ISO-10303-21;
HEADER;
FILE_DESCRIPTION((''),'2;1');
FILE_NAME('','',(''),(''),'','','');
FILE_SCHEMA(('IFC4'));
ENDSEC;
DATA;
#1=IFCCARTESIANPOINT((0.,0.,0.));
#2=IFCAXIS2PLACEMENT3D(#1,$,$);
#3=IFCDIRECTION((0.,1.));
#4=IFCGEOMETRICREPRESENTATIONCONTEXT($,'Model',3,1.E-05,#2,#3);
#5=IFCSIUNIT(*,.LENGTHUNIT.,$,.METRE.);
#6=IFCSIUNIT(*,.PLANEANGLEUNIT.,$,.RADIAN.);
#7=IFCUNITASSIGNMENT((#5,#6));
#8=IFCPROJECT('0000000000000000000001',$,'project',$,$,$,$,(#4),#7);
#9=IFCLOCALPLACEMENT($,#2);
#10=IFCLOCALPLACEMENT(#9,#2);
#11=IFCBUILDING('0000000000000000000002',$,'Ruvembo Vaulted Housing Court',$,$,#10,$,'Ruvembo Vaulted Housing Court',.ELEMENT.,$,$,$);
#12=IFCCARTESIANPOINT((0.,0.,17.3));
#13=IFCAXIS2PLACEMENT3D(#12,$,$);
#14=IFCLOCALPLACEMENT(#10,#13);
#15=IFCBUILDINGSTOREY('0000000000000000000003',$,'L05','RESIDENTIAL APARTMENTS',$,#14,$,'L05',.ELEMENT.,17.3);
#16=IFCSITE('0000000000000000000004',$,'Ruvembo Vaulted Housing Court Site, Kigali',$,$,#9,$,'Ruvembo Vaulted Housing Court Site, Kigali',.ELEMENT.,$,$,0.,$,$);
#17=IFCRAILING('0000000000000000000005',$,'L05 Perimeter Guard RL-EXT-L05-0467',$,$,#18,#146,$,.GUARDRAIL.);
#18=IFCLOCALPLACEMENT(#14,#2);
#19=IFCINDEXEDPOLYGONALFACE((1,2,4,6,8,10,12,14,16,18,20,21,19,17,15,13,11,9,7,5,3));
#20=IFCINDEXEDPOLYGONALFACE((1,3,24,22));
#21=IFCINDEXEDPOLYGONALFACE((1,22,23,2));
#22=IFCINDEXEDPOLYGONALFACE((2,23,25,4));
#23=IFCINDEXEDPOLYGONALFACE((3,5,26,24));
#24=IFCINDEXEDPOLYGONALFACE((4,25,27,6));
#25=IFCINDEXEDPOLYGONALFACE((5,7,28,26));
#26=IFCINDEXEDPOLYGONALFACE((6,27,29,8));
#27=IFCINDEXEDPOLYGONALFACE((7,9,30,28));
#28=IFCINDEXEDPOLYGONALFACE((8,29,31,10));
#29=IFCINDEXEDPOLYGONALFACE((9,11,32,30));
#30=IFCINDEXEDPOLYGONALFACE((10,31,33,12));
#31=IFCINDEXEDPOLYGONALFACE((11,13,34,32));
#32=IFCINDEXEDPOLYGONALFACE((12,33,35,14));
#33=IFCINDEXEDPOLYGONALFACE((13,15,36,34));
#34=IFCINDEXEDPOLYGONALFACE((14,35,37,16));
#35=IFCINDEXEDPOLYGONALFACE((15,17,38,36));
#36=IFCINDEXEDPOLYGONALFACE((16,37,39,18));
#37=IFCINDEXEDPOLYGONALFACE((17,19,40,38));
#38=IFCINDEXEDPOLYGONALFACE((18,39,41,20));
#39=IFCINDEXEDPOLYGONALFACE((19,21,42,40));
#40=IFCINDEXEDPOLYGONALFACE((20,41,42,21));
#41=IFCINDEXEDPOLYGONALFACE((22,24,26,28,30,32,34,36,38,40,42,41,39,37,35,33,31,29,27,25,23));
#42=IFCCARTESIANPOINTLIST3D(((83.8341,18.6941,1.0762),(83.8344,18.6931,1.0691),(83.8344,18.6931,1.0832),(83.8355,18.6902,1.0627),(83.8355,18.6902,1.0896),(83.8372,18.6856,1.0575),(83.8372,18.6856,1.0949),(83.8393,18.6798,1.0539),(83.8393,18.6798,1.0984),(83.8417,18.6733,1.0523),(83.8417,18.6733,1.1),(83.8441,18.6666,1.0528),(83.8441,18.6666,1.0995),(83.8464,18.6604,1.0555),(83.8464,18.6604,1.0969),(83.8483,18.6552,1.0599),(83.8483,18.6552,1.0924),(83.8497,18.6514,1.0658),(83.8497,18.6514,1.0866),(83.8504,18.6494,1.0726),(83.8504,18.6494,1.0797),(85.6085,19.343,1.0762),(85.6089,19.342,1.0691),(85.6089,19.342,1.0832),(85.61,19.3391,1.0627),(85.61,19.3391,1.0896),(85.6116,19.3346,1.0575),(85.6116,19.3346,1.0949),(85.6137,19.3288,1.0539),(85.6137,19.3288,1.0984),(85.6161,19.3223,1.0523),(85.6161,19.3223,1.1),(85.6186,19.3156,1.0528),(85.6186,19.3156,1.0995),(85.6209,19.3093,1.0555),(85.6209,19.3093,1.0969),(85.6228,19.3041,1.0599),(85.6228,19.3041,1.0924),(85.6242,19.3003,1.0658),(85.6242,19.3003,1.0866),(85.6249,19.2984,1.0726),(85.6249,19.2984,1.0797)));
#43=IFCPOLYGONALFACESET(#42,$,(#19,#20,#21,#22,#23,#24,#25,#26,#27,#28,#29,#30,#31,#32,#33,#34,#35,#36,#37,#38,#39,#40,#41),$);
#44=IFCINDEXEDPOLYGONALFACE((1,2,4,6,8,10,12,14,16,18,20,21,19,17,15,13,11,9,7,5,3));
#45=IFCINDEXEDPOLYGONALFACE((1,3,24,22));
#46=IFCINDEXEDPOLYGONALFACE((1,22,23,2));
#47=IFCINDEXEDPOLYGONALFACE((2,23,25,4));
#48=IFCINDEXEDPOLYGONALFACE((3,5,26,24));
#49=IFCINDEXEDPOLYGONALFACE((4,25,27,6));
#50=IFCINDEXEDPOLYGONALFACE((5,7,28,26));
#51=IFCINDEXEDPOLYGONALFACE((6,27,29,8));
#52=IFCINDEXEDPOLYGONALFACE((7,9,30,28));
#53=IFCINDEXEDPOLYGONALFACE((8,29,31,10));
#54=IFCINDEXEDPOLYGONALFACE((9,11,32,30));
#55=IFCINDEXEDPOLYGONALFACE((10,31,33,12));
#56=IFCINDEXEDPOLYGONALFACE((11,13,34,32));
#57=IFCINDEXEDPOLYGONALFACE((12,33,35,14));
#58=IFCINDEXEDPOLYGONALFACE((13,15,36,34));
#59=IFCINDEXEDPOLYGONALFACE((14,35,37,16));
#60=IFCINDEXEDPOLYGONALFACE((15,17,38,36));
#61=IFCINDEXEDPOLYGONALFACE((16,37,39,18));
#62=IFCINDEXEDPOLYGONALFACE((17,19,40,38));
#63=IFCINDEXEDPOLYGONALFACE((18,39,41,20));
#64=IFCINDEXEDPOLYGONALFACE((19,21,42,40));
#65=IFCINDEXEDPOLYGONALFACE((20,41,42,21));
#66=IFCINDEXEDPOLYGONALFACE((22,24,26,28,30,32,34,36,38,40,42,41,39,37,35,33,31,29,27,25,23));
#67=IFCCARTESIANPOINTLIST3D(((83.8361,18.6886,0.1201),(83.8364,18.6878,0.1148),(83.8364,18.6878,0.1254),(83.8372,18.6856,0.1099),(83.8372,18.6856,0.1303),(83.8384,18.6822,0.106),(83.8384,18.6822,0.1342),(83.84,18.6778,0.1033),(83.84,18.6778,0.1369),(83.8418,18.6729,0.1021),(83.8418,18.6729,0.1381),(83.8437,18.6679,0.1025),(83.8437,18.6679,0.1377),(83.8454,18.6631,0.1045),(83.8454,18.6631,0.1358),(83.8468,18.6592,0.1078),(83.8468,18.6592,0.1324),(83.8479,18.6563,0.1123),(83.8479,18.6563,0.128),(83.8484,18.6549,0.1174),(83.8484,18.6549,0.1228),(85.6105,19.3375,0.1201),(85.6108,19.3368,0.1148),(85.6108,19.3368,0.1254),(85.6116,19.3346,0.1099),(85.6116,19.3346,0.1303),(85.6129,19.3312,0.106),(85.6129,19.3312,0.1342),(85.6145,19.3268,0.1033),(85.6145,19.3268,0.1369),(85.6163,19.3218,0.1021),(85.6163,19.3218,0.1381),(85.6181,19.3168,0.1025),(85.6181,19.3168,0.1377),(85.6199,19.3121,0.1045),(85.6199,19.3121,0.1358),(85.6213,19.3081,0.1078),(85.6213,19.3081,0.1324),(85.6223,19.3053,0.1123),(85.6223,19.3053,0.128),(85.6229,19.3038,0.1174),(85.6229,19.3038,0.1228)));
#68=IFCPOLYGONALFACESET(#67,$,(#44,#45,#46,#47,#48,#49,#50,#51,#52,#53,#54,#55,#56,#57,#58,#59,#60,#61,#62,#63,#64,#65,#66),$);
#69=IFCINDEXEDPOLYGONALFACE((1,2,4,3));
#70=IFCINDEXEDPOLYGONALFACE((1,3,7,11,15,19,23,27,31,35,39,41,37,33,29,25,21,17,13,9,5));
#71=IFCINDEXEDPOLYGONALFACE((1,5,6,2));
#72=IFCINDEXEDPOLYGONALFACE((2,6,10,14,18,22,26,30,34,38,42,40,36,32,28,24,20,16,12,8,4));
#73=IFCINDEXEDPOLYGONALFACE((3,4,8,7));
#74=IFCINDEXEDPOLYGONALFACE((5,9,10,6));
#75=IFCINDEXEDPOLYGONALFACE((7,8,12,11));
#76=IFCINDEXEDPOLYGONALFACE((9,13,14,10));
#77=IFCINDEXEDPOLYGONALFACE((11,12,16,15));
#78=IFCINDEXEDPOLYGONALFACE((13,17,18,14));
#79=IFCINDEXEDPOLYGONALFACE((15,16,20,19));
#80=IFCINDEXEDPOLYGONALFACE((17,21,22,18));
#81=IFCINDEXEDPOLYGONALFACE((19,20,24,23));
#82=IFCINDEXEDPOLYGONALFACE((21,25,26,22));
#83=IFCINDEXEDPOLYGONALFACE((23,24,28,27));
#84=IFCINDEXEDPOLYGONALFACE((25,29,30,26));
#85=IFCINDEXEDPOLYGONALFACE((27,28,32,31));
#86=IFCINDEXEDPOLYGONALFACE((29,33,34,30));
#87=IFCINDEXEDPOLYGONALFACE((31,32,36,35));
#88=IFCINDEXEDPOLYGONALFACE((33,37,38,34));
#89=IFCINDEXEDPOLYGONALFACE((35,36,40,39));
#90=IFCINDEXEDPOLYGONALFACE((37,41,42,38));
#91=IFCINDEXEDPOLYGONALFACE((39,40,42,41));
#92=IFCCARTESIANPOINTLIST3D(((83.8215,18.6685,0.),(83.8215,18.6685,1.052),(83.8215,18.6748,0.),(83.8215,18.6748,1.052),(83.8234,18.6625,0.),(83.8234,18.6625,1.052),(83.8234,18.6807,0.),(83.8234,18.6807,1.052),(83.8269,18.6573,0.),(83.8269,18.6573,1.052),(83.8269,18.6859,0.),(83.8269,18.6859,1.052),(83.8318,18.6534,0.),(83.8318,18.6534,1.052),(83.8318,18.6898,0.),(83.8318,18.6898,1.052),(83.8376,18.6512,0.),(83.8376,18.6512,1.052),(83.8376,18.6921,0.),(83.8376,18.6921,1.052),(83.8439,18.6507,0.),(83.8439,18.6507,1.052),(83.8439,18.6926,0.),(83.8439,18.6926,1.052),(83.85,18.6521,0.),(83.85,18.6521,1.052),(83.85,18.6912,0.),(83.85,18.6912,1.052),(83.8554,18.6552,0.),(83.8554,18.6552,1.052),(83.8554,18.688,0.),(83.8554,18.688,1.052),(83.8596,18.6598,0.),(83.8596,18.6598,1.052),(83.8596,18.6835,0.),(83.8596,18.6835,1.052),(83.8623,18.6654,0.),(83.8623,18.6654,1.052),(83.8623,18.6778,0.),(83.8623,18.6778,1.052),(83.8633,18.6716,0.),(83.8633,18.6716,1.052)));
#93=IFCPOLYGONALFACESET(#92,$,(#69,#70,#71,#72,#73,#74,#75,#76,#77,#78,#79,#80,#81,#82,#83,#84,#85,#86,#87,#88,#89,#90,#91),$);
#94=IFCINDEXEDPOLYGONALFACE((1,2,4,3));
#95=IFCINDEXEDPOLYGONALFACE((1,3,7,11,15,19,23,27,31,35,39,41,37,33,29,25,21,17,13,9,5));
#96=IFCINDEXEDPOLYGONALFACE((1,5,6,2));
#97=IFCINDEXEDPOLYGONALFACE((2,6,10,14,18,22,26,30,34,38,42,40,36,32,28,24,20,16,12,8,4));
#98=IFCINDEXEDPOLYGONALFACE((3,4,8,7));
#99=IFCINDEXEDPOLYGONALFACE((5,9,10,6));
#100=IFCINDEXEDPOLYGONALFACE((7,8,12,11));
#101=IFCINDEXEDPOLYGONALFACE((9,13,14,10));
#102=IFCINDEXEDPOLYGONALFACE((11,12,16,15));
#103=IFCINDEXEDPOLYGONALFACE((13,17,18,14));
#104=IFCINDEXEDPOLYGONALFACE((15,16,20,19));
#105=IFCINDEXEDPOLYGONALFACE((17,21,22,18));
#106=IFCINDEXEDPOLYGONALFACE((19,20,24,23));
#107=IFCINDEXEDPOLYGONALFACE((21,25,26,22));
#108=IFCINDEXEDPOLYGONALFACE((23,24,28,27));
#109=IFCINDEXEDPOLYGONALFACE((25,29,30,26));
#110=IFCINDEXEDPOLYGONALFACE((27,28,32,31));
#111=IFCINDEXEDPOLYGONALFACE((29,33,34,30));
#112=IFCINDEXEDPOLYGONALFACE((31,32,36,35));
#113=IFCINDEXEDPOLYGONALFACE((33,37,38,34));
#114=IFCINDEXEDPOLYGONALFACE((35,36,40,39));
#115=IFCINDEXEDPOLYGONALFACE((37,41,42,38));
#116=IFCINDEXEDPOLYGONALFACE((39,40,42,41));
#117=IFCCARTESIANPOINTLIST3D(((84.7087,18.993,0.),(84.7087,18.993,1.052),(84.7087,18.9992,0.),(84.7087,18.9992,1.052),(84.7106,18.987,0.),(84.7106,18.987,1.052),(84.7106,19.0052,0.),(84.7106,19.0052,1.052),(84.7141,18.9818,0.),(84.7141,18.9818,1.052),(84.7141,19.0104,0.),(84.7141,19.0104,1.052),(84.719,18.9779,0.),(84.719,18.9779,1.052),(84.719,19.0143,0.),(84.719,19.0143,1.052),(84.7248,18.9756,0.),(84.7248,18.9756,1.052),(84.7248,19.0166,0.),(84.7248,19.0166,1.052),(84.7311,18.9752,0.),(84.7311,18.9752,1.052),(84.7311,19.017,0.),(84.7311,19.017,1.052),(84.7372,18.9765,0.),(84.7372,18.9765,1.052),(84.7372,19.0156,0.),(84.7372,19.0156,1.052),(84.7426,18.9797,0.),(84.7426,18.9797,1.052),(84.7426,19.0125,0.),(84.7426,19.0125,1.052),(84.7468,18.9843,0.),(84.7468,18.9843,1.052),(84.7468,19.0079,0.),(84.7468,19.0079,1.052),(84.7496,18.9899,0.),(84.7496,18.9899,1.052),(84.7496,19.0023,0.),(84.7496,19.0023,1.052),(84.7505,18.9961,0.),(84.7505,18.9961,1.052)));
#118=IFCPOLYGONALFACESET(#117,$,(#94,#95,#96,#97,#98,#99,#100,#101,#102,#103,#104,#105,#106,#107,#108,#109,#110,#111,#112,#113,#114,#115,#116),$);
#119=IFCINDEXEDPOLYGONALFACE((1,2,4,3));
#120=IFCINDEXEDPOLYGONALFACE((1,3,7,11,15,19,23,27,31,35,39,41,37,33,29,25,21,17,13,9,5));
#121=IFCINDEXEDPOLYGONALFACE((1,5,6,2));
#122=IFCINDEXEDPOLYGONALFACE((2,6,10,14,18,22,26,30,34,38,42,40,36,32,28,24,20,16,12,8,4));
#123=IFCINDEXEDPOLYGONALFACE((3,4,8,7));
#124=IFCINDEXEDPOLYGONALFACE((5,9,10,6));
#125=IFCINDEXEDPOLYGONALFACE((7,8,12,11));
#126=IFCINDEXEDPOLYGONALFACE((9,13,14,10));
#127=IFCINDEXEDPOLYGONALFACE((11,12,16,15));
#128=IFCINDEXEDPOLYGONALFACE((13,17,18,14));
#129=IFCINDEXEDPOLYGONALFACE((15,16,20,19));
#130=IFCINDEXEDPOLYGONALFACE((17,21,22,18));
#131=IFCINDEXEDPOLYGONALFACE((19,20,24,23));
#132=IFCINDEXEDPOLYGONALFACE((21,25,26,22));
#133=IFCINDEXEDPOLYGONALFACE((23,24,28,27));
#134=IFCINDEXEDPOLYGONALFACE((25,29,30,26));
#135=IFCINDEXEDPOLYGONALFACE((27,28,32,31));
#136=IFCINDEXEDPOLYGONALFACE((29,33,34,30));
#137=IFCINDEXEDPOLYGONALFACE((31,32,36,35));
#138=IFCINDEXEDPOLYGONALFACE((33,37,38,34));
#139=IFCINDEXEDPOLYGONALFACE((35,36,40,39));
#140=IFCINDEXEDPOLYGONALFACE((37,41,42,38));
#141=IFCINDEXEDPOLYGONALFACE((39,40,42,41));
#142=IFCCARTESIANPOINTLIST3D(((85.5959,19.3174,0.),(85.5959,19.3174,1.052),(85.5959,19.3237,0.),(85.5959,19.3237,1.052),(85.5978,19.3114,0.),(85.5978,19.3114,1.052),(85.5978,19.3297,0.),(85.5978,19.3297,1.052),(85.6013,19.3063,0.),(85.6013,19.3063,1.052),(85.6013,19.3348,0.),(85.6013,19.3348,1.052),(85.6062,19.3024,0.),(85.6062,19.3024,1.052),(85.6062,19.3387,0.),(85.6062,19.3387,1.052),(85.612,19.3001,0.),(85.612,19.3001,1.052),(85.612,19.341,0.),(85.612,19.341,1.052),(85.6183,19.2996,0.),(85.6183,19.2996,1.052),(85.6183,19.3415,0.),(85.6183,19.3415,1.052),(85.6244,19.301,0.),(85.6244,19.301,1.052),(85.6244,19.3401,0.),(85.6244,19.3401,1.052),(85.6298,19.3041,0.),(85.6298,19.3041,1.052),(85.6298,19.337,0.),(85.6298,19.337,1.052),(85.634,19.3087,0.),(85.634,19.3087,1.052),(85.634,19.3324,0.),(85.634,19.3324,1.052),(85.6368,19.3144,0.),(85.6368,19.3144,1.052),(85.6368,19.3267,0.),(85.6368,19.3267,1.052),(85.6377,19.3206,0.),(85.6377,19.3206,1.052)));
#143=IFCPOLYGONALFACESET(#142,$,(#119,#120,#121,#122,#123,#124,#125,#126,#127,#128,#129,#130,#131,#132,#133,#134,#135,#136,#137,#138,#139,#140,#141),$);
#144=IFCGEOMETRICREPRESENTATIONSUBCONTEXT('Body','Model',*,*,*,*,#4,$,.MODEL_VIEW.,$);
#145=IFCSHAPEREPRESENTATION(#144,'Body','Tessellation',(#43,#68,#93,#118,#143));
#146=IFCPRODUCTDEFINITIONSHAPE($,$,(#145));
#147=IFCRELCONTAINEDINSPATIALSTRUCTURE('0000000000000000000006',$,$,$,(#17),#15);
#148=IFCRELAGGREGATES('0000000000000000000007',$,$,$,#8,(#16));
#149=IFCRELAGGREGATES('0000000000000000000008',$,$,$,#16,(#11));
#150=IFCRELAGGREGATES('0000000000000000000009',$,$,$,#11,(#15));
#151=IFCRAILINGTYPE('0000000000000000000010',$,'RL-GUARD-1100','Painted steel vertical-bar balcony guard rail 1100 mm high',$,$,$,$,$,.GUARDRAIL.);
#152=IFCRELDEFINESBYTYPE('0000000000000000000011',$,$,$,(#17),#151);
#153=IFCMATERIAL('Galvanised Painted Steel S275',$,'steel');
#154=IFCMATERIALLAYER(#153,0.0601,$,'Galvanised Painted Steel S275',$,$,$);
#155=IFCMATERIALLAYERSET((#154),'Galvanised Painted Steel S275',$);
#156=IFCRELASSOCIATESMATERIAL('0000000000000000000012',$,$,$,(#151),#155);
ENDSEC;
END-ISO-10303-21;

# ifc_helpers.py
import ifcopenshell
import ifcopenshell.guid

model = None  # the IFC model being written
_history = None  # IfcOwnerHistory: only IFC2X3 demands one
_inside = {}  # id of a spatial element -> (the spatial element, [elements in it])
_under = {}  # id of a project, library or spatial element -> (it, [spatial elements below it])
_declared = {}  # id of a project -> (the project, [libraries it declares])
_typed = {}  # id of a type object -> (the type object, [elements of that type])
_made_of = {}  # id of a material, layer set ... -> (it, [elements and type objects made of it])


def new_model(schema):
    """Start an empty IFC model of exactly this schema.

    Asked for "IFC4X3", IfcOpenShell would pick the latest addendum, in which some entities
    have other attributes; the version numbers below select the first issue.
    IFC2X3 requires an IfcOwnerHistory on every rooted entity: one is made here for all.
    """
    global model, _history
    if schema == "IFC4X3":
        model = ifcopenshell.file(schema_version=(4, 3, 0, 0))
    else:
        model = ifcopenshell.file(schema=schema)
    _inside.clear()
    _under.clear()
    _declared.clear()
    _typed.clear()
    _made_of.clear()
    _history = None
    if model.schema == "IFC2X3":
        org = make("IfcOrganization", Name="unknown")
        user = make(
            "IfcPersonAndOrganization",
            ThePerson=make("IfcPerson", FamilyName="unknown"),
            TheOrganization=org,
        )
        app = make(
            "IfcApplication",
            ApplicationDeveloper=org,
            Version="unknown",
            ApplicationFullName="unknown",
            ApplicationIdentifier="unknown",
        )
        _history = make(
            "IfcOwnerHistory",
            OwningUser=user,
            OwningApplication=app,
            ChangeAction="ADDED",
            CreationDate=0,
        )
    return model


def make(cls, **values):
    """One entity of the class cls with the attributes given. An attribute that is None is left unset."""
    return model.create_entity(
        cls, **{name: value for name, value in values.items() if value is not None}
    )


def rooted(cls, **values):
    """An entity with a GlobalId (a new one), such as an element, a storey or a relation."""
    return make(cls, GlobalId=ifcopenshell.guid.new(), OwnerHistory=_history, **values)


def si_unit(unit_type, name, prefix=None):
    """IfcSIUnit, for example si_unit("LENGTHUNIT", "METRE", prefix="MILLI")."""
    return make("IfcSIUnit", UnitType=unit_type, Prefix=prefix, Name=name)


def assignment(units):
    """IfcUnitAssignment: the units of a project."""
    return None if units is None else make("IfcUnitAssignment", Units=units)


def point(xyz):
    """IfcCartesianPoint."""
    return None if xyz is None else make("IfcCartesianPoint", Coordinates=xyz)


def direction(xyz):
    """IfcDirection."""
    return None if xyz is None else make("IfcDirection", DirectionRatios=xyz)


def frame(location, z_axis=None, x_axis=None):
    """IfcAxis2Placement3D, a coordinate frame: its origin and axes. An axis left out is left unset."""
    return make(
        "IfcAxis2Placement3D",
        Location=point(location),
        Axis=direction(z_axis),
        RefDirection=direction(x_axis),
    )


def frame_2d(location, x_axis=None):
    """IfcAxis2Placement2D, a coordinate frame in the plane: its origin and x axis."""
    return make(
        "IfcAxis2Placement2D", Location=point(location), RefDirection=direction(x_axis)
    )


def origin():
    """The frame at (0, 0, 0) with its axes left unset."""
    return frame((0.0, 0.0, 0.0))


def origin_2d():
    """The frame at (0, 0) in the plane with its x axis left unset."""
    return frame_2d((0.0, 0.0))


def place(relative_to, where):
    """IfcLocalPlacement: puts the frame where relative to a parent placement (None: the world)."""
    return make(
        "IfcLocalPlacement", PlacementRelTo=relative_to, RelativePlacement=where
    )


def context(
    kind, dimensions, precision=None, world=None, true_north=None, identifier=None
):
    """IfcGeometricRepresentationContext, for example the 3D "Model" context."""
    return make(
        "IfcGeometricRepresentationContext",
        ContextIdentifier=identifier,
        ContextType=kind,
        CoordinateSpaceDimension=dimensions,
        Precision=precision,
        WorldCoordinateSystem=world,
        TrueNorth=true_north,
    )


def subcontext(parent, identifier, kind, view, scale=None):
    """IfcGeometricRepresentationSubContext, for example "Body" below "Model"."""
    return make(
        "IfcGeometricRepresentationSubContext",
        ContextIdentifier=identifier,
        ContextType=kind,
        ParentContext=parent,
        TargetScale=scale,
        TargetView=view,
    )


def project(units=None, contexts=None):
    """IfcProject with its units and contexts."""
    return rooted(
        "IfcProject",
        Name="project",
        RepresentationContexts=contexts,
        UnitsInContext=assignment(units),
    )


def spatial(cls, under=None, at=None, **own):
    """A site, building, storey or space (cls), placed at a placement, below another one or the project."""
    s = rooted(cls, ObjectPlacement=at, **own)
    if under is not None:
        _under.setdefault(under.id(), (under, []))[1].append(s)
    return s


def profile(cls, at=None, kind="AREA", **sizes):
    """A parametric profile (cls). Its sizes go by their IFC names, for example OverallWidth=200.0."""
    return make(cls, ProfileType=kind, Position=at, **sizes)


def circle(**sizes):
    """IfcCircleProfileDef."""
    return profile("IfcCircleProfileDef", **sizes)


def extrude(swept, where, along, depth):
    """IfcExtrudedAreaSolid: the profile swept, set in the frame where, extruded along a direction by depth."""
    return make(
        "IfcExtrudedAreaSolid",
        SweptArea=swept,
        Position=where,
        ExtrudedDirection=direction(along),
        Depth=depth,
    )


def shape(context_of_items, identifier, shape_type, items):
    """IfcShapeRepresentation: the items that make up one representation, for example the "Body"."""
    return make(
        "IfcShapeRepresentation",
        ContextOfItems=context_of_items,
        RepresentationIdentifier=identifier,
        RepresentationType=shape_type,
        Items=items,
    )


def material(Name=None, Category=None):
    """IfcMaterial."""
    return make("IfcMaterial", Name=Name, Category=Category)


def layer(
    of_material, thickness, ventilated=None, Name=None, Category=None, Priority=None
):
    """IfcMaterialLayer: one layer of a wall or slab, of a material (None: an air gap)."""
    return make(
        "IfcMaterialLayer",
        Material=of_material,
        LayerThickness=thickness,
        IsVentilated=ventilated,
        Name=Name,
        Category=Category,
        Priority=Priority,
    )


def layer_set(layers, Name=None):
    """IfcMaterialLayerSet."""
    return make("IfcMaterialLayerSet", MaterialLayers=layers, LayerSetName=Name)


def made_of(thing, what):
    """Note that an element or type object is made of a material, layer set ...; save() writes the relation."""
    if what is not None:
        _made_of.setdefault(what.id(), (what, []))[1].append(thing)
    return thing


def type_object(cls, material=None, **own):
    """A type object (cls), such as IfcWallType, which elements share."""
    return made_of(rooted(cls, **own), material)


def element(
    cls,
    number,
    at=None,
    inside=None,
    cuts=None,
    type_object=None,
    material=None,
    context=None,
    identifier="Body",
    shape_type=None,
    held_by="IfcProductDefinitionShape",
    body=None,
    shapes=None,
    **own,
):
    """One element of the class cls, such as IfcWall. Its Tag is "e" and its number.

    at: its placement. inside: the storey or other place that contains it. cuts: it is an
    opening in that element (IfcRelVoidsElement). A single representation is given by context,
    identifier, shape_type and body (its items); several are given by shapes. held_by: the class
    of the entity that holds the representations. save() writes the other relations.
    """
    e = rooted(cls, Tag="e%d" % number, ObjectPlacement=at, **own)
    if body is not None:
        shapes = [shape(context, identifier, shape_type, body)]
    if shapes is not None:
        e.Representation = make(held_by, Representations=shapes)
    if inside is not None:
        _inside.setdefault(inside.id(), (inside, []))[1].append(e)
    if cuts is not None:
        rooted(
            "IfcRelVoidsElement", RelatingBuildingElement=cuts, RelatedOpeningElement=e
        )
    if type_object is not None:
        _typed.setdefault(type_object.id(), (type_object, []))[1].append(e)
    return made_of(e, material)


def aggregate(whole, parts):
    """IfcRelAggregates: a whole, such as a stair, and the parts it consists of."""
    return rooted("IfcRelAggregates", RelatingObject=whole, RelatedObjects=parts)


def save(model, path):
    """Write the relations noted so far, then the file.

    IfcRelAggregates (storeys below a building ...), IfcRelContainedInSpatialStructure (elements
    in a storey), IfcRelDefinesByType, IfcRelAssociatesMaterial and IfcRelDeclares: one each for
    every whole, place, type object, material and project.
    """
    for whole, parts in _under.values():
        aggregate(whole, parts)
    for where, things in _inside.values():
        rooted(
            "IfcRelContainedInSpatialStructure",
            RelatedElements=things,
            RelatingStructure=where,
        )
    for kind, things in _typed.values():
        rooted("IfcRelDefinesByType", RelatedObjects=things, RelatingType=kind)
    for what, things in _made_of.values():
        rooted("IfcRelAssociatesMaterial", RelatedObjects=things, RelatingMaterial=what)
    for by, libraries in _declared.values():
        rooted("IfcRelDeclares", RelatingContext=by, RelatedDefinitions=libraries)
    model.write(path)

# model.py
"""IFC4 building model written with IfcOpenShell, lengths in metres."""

from ifc_helpers import new_model, si_unit, direction, frame, origin, origin_2d, place, context, subcontext, project, spatial, circle, extrude, material, layer, layer_set, type_object, element, save


model = new_model("IFC4")

# Units and contexts
model_context = context("Model", 3, precision=1e-05, world=origin(), true_north=direction((0.0, 1.0)))
body_context = subcontext(model_context, "Body", "Model", "MODEL_VIEW")
ifc_project = project(units=[si_unit("LENGTHUNIT", "METRE"), si_unit("PLANEANGLEUNIT", "RADIAN")], contexts=[model_context])

# Site, building, storey
site_placement = place(None, origin())
site = spatial("IfcSite", under=ifc_project, at=site_placement, Name="Ruvembo Vaulted Housing Court Site, Kigali", LongName="Ruvembo Vaulted Housing Court Site, Kigali", CompositionType="ELEMENT", RefElevation=0.0)
building_placement = place(site_placement, origin())
building = spatial("IfcBuilding", under=site, at=building_placement, Name="Ruvembo Vaulted Housing Court", LongName="Ruvembo Vaulted Housing Court", CompositionType="ELEMENT")
storey_placement = place(building_placement, frame((0.0, 0.0, 17.3)))
storey = spatial("IfcBuildingStorey", under=building, at=storey_placement, Name="L05", Description="RESIDENTIAL APARTMENTS", LongName="L05", CompositionType="ELEMENT", Elevation=17.3)

# Railing
ifc_material_1 = material(Name="Galvanised Painted Steel S275", Category="steel")
ifc_layer = layer(ifc_material_1, 0.0601, Name="Galvanised Painted Steel S275")
ifc_layer_set = layer_set([ifc_layer], Name="Galvanised Painted Steel S275")
railing_type = type_object("IfcRailingType", Name="RL-GUARD-1100", Description="Painted steel vertical-bar balcony guard rail 1100 mm high", PredefinedType="GUARDRAIL", material=ifc_layer_set)
railing_1_placement = place(storey_placement, frame((83.8423, 18.6716, 0.0)))
element("IfcRailing", 1, at=railing_1_placement, inside=storey, type_object=railing_type, Name="L05 Perimeter Guard RL-EXT-L05-0467", PredefinedType="GUARDRAIL", context=body_context, shape_type="SweptSolid", body=[
    extrude(circle(Radius=0.0239, at=origin_2d()), frame((0.0, 0.0, 1.0762), z_axis=(0.939166, 0.343465, 0.0), x_axis=(-0.343465, 0.939166, 0.0)), (0.0, 0.0, 1.0), 1.8894),
    extrude(circle(Radius=0.0181, at=origin_2d()), frame((0.0, 0.0, 0.1201), z_axis=(0.939166, 0.343465, 0.0), x_axis=(-0.343465, 0.939166, 0.0)), (0.0, 0.0, 1.0), 1.8894),
    extrude(circle(Radius=0.021, at=origin_2d()), origin(), (0.0, 0.0, 1.0), 1.052),
    extrude(circle(Radius=0.021, at=origin_2d()), frame((0.8872, 0.3245, 0.0)), (0.0, 0.0, 1.0), 1.052),
    extrude(circle(Radius=0.021, at=origin_2d()), frame((1.7744, 0.6489, 0.0)), (0.0, 0.0, 1.0), 1.052),
])

save(model, "model.ifc")
